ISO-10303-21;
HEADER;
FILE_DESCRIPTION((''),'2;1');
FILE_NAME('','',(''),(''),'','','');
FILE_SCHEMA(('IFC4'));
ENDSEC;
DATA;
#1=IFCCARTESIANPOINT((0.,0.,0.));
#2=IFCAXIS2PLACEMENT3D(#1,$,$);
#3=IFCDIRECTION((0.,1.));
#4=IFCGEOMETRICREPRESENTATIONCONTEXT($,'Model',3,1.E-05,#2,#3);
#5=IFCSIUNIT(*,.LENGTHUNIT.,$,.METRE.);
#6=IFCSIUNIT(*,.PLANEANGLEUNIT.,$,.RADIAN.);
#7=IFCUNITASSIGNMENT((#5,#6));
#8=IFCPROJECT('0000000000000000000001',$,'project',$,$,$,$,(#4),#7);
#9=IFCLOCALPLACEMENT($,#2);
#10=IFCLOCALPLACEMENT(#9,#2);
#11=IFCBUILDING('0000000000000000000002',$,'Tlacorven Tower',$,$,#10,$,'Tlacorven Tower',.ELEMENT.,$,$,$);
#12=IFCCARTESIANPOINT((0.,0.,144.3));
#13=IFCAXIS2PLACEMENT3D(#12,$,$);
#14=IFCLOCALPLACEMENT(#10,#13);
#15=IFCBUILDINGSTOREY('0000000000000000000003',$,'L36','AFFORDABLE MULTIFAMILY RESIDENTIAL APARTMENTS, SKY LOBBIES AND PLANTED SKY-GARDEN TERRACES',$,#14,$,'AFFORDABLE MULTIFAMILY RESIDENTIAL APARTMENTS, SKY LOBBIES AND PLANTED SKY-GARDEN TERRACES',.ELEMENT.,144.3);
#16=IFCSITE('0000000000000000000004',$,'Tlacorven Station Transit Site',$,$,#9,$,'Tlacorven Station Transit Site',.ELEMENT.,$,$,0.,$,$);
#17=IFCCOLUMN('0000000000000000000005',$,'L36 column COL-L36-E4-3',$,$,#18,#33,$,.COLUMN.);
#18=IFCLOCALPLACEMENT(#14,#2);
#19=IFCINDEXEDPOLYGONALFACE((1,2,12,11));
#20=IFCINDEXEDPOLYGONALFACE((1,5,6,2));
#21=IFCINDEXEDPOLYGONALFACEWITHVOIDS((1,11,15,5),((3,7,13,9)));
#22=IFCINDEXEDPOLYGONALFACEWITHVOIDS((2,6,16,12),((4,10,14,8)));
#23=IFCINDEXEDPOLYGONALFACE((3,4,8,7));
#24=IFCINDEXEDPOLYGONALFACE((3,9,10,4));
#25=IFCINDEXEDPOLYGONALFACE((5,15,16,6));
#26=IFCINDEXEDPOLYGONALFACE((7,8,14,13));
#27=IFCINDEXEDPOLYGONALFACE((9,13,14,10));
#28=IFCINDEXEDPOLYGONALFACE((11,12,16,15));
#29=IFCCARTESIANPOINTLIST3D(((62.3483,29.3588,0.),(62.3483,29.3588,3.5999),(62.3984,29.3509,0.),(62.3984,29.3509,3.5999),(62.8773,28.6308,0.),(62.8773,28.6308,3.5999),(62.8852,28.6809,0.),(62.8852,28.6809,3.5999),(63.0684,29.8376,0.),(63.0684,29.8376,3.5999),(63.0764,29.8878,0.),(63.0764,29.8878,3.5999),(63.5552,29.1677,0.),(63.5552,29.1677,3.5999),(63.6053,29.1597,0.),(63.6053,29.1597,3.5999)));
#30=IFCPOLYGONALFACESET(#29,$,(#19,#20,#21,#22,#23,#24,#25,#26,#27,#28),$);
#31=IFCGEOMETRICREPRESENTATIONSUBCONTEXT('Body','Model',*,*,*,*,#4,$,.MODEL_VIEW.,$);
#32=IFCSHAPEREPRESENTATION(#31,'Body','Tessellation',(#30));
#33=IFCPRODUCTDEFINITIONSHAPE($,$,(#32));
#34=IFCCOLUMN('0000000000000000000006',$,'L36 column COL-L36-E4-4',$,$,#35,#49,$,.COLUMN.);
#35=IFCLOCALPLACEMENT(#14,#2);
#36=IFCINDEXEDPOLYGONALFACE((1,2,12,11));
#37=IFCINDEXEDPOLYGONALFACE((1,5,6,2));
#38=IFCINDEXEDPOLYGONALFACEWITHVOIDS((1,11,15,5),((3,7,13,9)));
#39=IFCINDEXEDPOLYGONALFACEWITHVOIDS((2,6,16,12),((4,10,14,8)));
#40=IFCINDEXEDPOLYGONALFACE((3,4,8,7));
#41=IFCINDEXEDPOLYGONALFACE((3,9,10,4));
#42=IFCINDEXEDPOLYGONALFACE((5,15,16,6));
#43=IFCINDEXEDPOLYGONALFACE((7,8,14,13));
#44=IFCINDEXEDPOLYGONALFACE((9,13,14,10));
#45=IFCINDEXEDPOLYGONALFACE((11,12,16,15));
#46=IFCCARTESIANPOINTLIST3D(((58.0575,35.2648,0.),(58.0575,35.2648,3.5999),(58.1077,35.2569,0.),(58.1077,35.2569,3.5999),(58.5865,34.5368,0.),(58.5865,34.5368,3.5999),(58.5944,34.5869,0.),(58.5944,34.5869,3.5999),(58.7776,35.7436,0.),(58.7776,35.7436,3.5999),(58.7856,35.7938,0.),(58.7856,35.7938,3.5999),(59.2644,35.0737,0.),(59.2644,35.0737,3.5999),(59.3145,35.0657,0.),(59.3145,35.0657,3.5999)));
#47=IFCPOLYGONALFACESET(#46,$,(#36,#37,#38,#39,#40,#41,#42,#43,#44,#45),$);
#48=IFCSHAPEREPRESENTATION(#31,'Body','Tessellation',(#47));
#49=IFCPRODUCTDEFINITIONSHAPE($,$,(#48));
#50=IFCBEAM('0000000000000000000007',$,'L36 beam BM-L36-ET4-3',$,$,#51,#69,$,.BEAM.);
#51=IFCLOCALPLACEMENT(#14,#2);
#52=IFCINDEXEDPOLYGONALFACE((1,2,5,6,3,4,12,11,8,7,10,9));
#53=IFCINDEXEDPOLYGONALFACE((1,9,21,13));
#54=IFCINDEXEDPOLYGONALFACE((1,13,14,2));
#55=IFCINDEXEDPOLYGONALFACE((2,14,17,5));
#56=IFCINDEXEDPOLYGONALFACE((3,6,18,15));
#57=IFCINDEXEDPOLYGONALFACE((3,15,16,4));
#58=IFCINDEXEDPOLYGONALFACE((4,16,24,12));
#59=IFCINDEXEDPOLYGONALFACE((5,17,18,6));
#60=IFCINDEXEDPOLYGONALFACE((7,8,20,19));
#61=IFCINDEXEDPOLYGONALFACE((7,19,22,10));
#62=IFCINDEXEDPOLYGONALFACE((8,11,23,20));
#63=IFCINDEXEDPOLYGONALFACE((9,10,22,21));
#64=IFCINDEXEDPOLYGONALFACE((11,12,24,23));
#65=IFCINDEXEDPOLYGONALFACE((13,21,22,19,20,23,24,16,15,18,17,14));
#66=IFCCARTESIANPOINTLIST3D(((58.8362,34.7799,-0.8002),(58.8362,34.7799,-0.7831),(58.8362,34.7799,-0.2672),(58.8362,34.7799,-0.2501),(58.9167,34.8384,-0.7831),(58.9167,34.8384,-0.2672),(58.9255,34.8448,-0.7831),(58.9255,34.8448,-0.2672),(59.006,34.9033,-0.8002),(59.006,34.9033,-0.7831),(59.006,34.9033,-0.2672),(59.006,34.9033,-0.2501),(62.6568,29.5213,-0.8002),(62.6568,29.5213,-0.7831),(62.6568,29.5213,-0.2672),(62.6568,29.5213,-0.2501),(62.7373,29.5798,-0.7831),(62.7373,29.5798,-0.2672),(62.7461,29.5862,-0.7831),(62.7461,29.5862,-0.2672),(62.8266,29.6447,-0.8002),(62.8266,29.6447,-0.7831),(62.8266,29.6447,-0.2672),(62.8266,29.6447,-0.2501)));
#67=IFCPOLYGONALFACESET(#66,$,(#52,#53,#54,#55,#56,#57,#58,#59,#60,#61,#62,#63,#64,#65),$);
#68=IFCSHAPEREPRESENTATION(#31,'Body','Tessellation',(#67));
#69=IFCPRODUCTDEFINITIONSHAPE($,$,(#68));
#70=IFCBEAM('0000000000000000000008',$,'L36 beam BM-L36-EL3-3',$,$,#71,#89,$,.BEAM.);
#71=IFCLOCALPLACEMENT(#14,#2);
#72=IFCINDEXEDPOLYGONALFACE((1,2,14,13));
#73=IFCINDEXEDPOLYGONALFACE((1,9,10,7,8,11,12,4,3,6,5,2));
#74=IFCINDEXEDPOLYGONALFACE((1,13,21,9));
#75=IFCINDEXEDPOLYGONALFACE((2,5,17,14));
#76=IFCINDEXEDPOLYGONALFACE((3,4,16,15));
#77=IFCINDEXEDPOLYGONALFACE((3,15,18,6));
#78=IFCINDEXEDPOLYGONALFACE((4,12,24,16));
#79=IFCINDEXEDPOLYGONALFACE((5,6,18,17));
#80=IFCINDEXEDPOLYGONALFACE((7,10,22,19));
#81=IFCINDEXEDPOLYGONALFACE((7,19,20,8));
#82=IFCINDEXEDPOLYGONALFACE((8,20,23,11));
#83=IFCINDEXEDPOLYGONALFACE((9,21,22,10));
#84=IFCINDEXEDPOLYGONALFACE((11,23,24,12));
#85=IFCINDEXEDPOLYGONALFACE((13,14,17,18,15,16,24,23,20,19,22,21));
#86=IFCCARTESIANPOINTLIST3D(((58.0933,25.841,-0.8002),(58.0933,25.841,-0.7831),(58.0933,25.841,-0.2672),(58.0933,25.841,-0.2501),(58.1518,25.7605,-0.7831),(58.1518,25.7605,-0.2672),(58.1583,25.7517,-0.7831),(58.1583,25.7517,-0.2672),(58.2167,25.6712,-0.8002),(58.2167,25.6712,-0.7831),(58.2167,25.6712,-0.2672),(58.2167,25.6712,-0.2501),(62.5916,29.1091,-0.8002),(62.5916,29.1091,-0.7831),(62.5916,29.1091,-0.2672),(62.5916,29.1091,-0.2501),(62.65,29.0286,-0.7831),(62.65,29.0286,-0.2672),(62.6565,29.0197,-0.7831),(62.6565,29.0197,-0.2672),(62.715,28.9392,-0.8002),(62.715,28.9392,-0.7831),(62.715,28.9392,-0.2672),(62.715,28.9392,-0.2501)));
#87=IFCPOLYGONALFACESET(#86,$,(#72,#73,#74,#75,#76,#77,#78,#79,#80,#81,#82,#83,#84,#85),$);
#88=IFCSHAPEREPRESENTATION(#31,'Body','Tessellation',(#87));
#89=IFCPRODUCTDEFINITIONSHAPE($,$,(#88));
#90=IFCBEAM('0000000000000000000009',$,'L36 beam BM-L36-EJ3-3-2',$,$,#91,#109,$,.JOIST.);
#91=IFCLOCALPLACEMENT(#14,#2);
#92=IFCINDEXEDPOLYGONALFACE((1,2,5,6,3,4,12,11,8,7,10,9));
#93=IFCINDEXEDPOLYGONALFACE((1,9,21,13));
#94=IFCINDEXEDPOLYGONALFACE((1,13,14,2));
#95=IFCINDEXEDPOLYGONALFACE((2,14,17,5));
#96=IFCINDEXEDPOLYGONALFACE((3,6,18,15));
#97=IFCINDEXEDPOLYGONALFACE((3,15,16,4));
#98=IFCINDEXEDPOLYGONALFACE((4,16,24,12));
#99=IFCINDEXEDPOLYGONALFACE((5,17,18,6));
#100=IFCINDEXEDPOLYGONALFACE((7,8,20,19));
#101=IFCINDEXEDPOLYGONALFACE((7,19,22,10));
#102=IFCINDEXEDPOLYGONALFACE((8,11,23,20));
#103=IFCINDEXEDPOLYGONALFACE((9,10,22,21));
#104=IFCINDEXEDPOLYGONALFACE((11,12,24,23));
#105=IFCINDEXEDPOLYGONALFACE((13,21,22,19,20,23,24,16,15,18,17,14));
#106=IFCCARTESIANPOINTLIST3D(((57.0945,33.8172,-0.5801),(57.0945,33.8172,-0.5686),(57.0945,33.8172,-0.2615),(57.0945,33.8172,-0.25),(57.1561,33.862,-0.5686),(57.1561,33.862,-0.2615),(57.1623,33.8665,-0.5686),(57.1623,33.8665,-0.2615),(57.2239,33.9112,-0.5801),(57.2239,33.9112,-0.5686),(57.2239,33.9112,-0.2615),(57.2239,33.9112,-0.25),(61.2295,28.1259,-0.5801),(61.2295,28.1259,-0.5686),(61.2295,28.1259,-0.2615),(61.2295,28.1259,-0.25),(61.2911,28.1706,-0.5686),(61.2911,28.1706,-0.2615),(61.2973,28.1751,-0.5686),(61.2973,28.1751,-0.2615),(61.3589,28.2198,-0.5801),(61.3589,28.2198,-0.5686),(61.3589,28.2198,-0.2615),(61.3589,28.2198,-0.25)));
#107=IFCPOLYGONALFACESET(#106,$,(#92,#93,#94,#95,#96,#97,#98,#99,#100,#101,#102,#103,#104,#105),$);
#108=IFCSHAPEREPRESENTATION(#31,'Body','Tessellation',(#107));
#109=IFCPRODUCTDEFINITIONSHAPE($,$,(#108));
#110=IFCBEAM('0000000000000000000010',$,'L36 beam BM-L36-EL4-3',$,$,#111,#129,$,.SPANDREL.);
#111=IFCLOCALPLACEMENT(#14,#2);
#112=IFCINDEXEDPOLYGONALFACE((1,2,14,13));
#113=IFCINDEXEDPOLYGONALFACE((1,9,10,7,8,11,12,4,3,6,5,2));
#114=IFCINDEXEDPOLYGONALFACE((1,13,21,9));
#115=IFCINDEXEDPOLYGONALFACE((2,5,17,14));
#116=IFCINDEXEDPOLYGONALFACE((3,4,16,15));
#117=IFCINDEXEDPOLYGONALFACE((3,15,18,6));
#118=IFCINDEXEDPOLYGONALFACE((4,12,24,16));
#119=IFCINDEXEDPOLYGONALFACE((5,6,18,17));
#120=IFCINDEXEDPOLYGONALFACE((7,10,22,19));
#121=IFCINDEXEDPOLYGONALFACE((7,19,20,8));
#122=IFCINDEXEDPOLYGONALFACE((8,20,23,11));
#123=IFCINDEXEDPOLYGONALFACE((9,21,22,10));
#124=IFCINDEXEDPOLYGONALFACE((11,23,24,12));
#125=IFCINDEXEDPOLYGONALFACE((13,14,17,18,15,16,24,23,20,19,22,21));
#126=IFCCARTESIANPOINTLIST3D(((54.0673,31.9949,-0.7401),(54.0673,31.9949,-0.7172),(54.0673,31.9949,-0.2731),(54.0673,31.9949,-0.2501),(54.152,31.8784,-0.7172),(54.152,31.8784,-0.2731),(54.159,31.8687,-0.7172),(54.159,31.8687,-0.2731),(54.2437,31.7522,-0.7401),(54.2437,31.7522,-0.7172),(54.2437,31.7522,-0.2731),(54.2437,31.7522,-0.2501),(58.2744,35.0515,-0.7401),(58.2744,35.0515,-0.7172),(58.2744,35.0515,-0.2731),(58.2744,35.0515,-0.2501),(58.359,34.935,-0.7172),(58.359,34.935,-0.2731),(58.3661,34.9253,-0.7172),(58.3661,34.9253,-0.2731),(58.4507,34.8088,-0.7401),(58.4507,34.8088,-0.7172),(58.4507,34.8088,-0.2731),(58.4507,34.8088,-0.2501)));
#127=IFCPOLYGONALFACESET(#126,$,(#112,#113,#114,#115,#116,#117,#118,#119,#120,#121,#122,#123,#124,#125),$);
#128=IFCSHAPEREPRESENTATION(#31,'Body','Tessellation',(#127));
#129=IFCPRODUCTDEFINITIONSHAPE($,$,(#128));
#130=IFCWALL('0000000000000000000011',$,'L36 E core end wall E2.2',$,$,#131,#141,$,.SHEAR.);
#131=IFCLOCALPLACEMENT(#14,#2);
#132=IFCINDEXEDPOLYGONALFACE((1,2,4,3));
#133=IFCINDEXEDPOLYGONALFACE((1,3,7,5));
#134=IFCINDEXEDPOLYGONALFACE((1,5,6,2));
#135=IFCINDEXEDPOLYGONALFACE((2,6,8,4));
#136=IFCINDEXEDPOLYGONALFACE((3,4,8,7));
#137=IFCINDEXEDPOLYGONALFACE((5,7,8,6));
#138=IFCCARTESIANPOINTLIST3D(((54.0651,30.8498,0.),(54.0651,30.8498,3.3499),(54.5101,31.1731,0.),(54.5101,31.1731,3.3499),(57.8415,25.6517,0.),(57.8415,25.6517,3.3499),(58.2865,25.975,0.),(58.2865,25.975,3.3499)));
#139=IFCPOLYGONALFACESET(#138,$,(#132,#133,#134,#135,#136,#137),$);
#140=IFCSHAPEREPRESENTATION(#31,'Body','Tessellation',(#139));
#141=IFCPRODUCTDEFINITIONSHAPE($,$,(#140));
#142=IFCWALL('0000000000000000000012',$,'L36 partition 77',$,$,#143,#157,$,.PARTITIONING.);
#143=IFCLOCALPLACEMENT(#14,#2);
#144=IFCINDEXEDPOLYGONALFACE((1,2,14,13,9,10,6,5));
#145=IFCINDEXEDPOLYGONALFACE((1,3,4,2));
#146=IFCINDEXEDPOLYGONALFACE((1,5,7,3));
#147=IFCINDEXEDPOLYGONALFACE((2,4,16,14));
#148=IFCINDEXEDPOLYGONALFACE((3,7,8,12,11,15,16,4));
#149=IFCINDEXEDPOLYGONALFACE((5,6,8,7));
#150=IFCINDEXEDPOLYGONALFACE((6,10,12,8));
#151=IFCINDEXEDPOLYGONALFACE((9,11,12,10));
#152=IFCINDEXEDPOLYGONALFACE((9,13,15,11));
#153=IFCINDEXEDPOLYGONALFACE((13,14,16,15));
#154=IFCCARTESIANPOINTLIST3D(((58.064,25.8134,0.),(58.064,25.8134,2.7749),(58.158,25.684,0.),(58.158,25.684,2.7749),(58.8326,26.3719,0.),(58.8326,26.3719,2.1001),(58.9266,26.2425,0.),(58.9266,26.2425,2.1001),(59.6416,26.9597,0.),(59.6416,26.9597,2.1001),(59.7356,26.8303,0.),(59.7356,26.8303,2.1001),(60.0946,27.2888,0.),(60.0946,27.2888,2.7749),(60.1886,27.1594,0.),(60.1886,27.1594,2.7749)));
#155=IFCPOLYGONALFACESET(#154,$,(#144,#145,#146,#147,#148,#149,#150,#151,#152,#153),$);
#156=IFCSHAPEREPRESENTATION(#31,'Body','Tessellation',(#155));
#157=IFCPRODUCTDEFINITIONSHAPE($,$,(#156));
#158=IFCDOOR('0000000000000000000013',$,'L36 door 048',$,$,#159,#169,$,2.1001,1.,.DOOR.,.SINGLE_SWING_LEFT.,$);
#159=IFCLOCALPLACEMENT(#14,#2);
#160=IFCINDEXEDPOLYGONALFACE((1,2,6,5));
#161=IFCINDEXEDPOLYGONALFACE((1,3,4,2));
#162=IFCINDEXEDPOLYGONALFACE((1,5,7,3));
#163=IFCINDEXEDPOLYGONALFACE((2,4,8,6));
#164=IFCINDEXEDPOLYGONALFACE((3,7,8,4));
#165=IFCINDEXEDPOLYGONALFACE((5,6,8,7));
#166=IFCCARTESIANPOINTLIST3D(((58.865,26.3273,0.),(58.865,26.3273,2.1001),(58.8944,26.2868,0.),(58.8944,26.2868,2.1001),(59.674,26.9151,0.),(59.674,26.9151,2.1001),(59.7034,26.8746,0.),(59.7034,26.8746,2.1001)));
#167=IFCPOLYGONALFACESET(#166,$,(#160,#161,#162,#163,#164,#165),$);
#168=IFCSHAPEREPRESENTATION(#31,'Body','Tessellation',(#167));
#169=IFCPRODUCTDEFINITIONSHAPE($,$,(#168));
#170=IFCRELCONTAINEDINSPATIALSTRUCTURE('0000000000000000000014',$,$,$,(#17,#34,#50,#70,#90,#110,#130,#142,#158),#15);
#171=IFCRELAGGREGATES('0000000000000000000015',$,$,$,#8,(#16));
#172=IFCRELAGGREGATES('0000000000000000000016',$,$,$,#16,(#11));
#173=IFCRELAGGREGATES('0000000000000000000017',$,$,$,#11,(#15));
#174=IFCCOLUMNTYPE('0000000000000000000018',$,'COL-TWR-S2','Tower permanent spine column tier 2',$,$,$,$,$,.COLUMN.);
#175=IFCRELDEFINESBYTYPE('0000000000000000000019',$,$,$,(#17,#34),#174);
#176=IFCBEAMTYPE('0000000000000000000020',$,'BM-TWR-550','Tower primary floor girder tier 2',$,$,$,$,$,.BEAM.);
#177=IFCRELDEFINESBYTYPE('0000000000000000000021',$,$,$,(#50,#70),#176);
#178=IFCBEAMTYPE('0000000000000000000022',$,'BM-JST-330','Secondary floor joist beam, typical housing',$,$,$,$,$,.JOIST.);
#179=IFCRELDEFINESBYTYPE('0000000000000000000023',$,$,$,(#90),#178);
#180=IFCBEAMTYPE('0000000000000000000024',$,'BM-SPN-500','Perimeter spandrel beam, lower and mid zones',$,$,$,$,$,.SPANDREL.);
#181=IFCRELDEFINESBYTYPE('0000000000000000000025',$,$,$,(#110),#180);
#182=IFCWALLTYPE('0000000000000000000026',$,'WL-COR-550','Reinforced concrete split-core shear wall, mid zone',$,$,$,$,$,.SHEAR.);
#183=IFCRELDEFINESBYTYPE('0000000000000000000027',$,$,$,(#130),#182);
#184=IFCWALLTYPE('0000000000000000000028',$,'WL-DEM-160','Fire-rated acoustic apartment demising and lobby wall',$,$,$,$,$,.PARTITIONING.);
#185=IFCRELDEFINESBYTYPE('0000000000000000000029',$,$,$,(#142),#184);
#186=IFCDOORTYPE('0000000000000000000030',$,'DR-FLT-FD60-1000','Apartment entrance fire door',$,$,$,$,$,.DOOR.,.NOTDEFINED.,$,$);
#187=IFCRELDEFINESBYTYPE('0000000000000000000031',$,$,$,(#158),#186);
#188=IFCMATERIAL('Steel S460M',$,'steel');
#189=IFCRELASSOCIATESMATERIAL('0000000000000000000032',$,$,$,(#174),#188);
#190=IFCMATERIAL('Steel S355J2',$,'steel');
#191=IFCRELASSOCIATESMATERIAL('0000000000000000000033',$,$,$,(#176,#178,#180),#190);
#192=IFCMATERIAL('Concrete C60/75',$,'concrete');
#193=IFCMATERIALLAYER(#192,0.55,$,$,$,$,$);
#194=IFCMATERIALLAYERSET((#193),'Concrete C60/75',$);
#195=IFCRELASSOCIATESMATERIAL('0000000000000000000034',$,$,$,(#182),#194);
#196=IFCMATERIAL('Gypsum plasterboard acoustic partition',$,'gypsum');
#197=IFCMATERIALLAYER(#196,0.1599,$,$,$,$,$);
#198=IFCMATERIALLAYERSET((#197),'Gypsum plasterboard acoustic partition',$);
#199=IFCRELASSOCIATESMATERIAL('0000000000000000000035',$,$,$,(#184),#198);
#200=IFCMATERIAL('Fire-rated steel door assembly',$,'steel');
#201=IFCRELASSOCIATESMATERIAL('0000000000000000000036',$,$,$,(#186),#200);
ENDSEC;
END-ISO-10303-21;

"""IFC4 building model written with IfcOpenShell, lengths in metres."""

from ifc_helpers import new_model, si_unit, direction, frame, frame_2d, origin, origin_2d, place, context, subcontext, project, spatial, rectangle, hollow_rectangle, i_section, extrude, source, transform, mapped, material, layer, layer_set, material_profile, profile_set, type_object, element, fill, save


model = new_model("IFC4")

# Units and contexts
model_context = context("Model", 3, precision=1e-05, world=origin(), true_north=direction((0.0, 1.0)))
body_context = subcontext(model_context, "Body", "Model", "MODEL_VIEW")
ifc_project = project(units=[si_unit("LENGTHUNIT", "METRE"), si_unit("PLANEANGLEUNIT", "RADIAN")], contexts=[model_context])

# Site, building, storey
site_placement = place(None, origin())
site = spatial("IfcSite", under=ifc_project, at=site_placement, Name="Tlacorven Station Transit Site", LongName="Tlacorven Station Transit Site", CompositionType="ELEMENT", RefElevation=0.0)
building_placement = place(site_placement, origin())
building = spatial("IfcBuilding", under=site, at=building_placement, Name="Tlacorven Tower", LongName="Tlacorven Tower", CompositionType="ELEMENT")
storey_placement = place(building_placement, frame((0.0, 0.0, 144.3)))
storey = spatial("IfcBuildingStorey", under=building, at=storey_placement, Name="L36", Description="AFFORDABLE MULTIFAMILY RESIDENTIAL APARTMENTS, SKY LOBBIES AND PLANTED SKY-GARDEN TERRACES", LongName="AFFORDABLE MULTIFAMILY RESIDENTIAL APARTMENTS, SKY LOBBIES AND PLANTED SKY-GARDEN TERRACES", CompositionType="ELEMENT", Elevation=144.3)

# Columns
ifc_material_1 = material(Name="Steel S460M", Category="steel")
ifc_material_profile_1 = material_profile(ifc_material_1, hollow_rectangle(XDim=0.8999, YDim=0.8999, WallThickness=0.0359, at=origin_2d()), Name="BOX 900X900X36")
ifc_profile_set_1 = profile_set([ifc_material_profile_1], Name="Steel S460M")
column_type = type_object("IfcColumnType", Name="COL-TWR-S2", Description="Tower permanent spine column tier 2", PredefinedType="COLUMN", material=ifc_profile_set_1)
shared_shape_1 = source(origin(), body_context, "Body", "SweptSolid", [
    extrude(hollow_rectangle(XDim=0.8999, YDim=0.8999, WallThickness=0.0359, at=origin_2d()), origin(), (0.0, 0.0, 1.0), 3.5999),
])
for number, where, z_axis, x_axis, name in (
    (1, (62.9768, 29.2593, 0.0), (0.0, 0.0, 1.0), (0.809017, 0.587785, 0.0), "L36 column COL-L36-E4-3"),
    (2, (58.686, 35.1653, 0.0), (0.0, 0.0, 1.0), (0.809017, 0.587785, 0.0), "L36 column COL-L36-E4-4"),
):
    element("IfcColumn", number, at=place(storey_placement, frame(where, z_axis=z_axis, x_axis=x_axis)), inside=storey, type_object=column_type, Name=name, PredefinedType="COLUMN", context=body_context, shape_type="MappedRepresentation", body=[
        mapped(shared_shape_1, transform((0.0, 0.0, 0.0), scale=1.0)),
    ])

# Beams
ifc_material_2 = material(Name="Steel S355J2", Category="steel")
ifc_material_profile_2 = material_profile(ifc_material_2, i_section(OverallWidth=0.21, OverallDepth=0.55, WebThickness=0.011, FlangeThickness=0.0171, at=origin_2d()), Name="IPE 550")
ifc_profile_set_2 = profile_set([ifc_material_profile_2], Name="Steel S355J2")
beam_type_1 = type_object("IfcBeamType", Name="BM-TWR-550", Description="Tower primary floor girder tier 2", PredefinedType="BEAM", material=ifc_profile_set_2)
shared_shape_2 = source(origin(), body_context, "Body", "SweptSolid", [
    extrude(i_section(OverallWidth=0.21, OverallDepth=0.55, WebThickness=0.011, FlangeThickness=0.0171, at=origin_2d()), origin(), (0.0, 0.0, 1.0), 6.5),
])
beam_1_placement = place(storey_placement, frame((62.7417, 29.583, -0.5251), z_axis=(-0.587785, 0.809017, 0.0), x_axis=(-0.809017, -0.587785, 0.0)))
element("IfcBeam", 3, at=beam_1_placement, inside=storey, type_object=beam_type_1, Name="L36 beam BM-L36-ET4-3", PredefinedType="BEAM", context=body_context, shape_type="MappedRepresentation", body=[
    mapped(shared_shape_2, transform((0.0, 0.0, 0.0), scale=1.0)),
])
shared_shape_3 = source(origin(), body_context, "Body", "SweptSolid", [
    extrude(i_section(OverallWidth=0.21, OverallDepth=0.55, WebThickness=0.011, FlangeThickness=0.0171, at=origin_2d()), origin(), (0.0, 0.0, 1.0), 5.5601),
])
beam_2_placement = place(storey_placement, frame((58.155, 25.7561, -0.5251), z_axis=(0.809028, 0.58777, 0.0), x_axis=(-0.58777, 0.809028, 0.0)))
element("IfcBeam", 4, at=beam_2_placement, inside=storey, type_object=beam_type_1, Name="L36 beam BM-L36-EL3-3", PredefinedType="BEAM", context=body_context, shape_type="MappedRepresentation", body=[
    mapped(shared_shape_3, transform((0.0, 0.0, 0.0), scale=1.0)),
])
ifc_material_profile_3 = material_profile(ifc_material_2, i_section(OverallWidth=0.1599, OverallDepth=0.3301, WebThickness=0.0076, FlangeThickness=0.0115, at=origin_2d()), Name="IPE 330")
ifc_profile_set_3 = profile_set([ifc_material_profile_3], Name="Steel S355J2")
beam_type_2 = type_object("IfcBeamType", Name="BM-JST-330", Description="Secondary floor joist beam, typical housing", PredefinedType="JOIST", material=ifc_profile_set_3)
shared_shape_4 = source(origin(), body_context, "Body", "SweptSolid", [
    extrude(i_section(OverallWidth=0.1599, OverallDepth=0.3301, WebThickness=0.0076, FlangeThickness=0.0115, at=origin_2d()), origin(), (0.0, 0.0, 1.0), 7.0349),
])
beam_3_placement = place(storey_placement, frame((61.2942, 28.1729, -0.415), z_axis=(-0.587782, 0.80902, 0.0), x_axis=(-0.80902, -0.587782, 0.0)))
element("IfcBeam", 5, at=beam_3_placement, inside=storey, type_object=beam_type_2, Name="L36 beam BM-L36-EJ3-3-2", PredefinedType="JOIST", context=body_context, shape_type="MappedRepresentation", body=[
    mapped(shared_shape_4, transform((0.0, 0.0, 0.0), scale=1.0)),
])
ifc_material_profile_4 = material_profile(ifc_material_2, i_section(OverallWidth=0.3, OverallDepth=0.49, WebThickness=0.012, FlangeThickness=0.0229, at=origin_2d()), Name="HEA 500")
ifc_profile_set_4 = profile_set([ifc_material_profile_4], Name="Steel S355J2")
beam_type_3 = type_object("IfcBeamType", Name="BM-SPN-500", Description="Perimeter spandrel beam, lower and mid zones", PredefinedType="SPANDREL", material=ifc_profile_set_4)
shared_shape_5 = source(origin(), body_context, "Body", "SweptSolid", [
    extrude(i_section(OverallWidth=0.3, OverallDepth=0.49, WebThickness=0.012, FlangeThickness=0.0229, at=origin_2d()), origin(), (0.0, 0.0, 1.0), 5.2002),
])
beam_4_placement = place(storey_placement, frame((54.1555, 31.8735, -0.4951), z_axis=(0.809012, 0.587792, 0.0), x_axis=(-0.587792, 0.809012, 0.0)))
element("IfcBeam", 6, at=beam_4_placement, inside=storey, type_object=beam_type_3, Name="L36 beam BM-L36-EL4-3", PredefinedType="SPANDREL", context=body_context, shape_type="MappedRepresentation", body=[
    mapped(shared_shape_5, transform((0.0, 0.0, 0.0), scale=1.0)),
])

# Wall
ifc_material_3 = material(Name="Concrete C60/75", Category="concrete")
ifc_layer_1 = layer(ifc_material_3, 0.55)
ifc_layer_set_1 = layer_set([ifc_layer_1], Name="Concrete C60/75")
wall_type_1 = type_object("IfcWallType", Name="WL-COR-550", Description="Reinforced concrete split-core shear wall, mid zone", PredefinedType="SHEAR", material=ifc_layer_set_1)
wall_1_placement = place(storey_placement, frame((58.064, 25.8135, 0.0), z_axis=(0.0, 0.0, 1.0), x_axis=(-0.587765, 0.809032, 0.0)))
element("IfcWall", 7, at=wall_1_placement, inside=storey, type_object=wall_type_1, Name="L36 E core end wall E2.2", PredefinedType="SHEAR", context=body_context, shape_type="SweptSolid", body=[
    extrude(rectangle(XDim=6.425, YDim=0.55, at=frame_2d((3.2124, 0.0))), origin(), (0.0, 0.0, 1.0), 3.3499),
])

# Wall, opening, door
ifc_material_4 = material(Name="Gypsum plasterboard acoustic partition", Category="gypsum")
ifc_layer_2 = layer(ifc_material_4, 0.1599)
ifc_layer_set_2 = layer_set([ifc_layer_2], Name="Gypsum plasterboard acoustic partition")
wall_type_2 = type_object("IfcWallType", Name="WL-DEM-160", Description="Fire-rated acoustic apartment demising and lobby wall", PredefinedType="PARTITIONING", material=ifc_layer_set_2)
wall_2_placement = place(storey_placement, frame((58.1111, 25.7488, 0.0), z_axis=(0.0, 0.0, 1.0), x_axis=(0.809001, 0.587807, 0.0)))
wall_2 = element("IfcWall", 8, at=wall_2_placement, inside=storey, type_object=wall_type_2, Name="L36 partition 77", PredefinedType="PARTITIONING", context=body_context, shape_type="SweptSolid", body=[
    extrude(rectangle(XDim=2.51, YDim=0.1599, at=frame_2d((1.2549, 0.0))), origin(), (0.0, 0.0, 1.0), 2.7749),
])
opening_1_placement = place(wall_2_placement, frame((0.95, 0.0, 0.0)))
opening_1 = element("IfcOpeningElement", 9, at=opening_1_placement, cuts=wall_2, PredefinedType="OPENING", context=body_context, shape_type="SweptSolid", body=[
    extrude(rectangle(XDim=1.0, YDim=2.1001, at=frame_2d((0.5, 1.05))), frame((0.0, 0.0898, 0.0), z_axis=(0.0, -1.0, 0.0), x_axis=(1.0, 0.0, 0.0)), (0.0, 0.0, 1.0), 0.1799),
])
ifc_material_5 = material(Name="Fire-rated steel door assembly", Category="steel")
door_type = type_object("IfcDoorType", Name="DR-FLT-FD60-1000", Description="Apartment entrance fire door", OperationType="NOTDEFINED", PredefinedType="DOOR", material=ifc_material_5)
shared_shape_6 = source(origin(), body_context, "Body", "SweptSolid", [
    extrude(rectangle(XDim=1.0, YDim=2.1001, at=frame_2d((0.5, 1.05))), frame((0.0, 0.0249, 0.0), z_axis=(0.0, -1.0, 0.0), x_axis=(1.0, 0.0, 0.0)), (0.0, 0.0, 1.0), 0.05),
])
door_1_placement = place(opening_1_placement, origin())
door_1 = element("IfcDoor", 10, at=door_1_placement, inside=storey, type_object=door_type, Name="L36 door 048", OperationType="SINGLE_SWING_LEFT", OverallHeight=2.1001, OverallWidth=1.0, PredefinedType="DOOR", context=body_context, shape_type="MappedRepresentation", body=[
    mapped(shared_shape_6, transform((0.0, 0.0, 0.0), scale=1.0)),
])
fill(opening_1, door_1)

save(model, "model.ifc")
